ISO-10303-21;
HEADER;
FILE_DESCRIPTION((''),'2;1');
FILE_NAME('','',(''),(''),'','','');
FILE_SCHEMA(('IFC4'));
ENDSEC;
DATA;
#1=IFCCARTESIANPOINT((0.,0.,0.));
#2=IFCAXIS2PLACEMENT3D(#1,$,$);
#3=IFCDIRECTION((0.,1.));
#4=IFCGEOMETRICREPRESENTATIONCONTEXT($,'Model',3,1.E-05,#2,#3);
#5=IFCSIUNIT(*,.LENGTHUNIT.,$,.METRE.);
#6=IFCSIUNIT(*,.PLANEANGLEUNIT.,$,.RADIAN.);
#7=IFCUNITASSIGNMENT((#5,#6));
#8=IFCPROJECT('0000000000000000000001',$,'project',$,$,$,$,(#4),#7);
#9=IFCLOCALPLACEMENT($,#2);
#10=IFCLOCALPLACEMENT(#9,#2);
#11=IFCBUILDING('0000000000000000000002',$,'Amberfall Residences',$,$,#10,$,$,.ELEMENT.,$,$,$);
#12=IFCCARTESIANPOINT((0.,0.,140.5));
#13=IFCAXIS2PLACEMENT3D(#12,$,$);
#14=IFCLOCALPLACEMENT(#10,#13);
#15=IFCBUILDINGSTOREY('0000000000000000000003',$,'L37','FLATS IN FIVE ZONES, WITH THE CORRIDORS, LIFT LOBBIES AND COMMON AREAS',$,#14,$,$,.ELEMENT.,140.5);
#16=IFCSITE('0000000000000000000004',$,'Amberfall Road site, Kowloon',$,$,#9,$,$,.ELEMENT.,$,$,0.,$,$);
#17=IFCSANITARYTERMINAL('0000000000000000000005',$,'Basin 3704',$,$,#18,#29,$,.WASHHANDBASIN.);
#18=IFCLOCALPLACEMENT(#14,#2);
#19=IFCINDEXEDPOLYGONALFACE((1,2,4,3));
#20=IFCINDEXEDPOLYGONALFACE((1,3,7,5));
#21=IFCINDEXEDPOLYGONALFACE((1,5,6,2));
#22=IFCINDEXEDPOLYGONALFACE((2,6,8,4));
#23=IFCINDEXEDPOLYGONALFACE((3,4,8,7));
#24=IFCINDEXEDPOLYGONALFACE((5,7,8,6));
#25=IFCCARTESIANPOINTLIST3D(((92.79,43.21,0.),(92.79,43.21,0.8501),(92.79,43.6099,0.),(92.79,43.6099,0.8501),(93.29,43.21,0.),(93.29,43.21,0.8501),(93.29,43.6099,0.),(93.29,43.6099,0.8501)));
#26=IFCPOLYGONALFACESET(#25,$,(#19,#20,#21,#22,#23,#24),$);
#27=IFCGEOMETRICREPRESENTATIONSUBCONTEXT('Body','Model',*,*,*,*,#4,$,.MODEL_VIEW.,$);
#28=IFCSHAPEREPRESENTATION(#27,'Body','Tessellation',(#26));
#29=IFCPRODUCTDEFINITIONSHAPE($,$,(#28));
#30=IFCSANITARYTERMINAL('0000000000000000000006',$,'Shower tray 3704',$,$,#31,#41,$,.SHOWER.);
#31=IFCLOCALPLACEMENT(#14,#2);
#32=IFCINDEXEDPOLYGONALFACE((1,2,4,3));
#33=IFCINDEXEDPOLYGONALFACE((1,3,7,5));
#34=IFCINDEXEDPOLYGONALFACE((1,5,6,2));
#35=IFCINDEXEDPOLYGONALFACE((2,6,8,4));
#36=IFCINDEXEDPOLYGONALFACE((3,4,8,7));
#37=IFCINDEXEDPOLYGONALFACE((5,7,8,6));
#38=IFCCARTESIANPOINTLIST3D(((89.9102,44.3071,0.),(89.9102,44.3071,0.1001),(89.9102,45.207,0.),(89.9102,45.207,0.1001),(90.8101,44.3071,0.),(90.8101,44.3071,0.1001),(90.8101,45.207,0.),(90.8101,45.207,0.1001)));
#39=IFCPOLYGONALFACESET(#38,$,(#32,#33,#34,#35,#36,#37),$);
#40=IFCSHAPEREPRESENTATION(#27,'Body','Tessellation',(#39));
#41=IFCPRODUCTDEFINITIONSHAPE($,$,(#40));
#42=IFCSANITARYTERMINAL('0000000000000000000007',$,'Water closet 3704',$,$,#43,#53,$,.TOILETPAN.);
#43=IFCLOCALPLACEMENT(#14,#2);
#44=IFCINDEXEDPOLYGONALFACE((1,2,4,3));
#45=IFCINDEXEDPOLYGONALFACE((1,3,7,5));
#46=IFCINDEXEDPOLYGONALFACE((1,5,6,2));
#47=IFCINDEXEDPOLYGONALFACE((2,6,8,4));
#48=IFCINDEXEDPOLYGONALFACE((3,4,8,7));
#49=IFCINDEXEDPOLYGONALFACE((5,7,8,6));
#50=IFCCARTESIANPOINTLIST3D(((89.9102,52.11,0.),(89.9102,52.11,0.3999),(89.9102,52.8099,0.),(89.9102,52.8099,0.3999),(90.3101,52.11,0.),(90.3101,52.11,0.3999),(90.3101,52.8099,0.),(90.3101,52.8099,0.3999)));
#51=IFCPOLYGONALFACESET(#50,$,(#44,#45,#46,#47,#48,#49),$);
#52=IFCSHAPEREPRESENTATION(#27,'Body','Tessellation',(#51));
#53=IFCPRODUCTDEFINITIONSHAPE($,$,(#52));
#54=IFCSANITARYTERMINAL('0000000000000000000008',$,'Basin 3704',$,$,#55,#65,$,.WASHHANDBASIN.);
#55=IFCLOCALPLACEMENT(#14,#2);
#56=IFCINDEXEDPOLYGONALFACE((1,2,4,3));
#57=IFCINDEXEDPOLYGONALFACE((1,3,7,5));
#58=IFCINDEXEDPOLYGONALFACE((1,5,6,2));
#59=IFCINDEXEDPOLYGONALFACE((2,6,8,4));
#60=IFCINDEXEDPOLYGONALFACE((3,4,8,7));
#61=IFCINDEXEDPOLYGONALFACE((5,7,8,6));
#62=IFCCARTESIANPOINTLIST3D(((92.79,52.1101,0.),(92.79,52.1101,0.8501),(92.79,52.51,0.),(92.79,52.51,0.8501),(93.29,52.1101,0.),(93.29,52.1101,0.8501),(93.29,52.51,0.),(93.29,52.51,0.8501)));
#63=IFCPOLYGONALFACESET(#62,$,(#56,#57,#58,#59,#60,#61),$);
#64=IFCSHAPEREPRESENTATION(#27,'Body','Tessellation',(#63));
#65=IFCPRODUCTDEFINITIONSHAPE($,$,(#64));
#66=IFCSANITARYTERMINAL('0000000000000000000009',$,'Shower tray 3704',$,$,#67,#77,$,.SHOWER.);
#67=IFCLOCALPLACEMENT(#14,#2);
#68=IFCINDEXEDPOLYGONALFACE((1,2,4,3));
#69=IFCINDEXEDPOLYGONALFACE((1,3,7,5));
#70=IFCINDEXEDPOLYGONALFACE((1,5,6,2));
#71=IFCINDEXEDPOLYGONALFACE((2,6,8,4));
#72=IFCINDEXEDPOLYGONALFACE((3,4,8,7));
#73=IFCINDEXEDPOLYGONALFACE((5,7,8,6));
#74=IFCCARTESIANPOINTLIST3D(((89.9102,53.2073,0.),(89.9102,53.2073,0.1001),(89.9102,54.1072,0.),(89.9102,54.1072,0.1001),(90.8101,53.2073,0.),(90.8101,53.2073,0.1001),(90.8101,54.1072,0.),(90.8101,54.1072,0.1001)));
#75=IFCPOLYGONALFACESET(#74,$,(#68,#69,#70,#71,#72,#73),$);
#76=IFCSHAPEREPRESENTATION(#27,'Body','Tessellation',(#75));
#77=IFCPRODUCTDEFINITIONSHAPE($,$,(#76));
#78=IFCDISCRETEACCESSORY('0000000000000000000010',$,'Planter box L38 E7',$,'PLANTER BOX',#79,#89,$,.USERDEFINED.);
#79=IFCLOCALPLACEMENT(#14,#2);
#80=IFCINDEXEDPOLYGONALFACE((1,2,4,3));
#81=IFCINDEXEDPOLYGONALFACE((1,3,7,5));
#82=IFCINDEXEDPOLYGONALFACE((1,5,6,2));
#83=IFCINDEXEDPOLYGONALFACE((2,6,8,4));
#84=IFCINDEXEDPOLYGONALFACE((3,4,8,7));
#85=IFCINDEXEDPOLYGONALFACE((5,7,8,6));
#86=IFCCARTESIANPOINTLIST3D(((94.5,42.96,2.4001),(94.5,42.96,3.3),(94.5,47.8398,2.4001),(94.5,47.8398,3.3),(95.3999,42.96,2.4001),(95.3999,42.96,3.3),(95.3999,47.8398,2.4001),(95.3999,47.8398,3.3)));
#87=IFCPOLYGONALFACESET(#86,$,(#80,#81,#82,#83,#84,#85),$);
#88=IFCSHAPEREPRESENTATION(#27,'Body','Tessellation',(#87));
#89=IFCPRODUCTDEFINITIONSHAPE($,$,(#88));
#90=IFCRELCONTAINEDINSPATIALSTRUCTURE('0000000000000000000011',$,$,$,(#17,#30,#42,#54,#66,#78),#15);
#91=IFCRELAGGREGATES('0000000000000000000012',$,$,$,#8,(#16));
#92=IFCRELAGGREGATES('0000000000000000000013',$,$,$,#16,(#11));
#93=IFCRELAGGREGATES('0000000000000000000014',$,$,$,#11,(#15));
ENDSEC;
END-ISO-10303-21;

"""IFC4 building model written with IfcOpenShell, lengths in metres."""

from ifc_helpers import new_model, si_unit, direction, frame, origin, origin_2d, place, context, subcontext, project, spatial, rectangle, extrude, element, save


model = new_model("IFC4")

# Units and contexts
model_context = context("Model", 3, precision=1e-05, world=origin(), true_north=direction((0.0, 1.0)))
body_context = subcontext(model_context, "Body", "Model", "MODEL_VIEW")
ifc_project = project(units=[si_unit("LENGTHUNIT", "METRE"), si_unit("PLANEANGLEUNIT", "RADIAN")], contexts=[model_context])

# Site, building, storey
site_placement = place(None, origin())
site = spatial("IfcSite", under=ifc_project, at=site_placement, Name="Amberfall Road site, Kowloon", CompositionType="ELEMENT", RefElevation=0.0)
building_placement = place(site_placement, origin())
building = spatial("IfcBuilding", under=site, at=building_placement, Name="Amberfall Residences", CompositionType="ELEMENT")
storey_placement = place(building_placement, frame((0.0, 0.0, 140.5)))
storey = spatial("IfcBuildingStorey", under=building, at=storey_placement, Name="L37", Description="FLATS IN FIVE ZONES, WITH THE CORRIDORS, LIFT LOBBIES AND COMMON AREAS", CompositionType="ELEMENT", Elevation=140.5)

# Sanitary terminals
sanitary_terminal_1_placement = place(storey_placement, frame((93.04, 43.4099, 0.0), z_axis=(0.0, 0.0, 1.0), x_axis=(1.0, 0.0, 0.0)))
element("IfcSanitaryTerminal", 1, at=sanitary_terminal_1_placement, inside=storey, Name="Basin 3704", PredefinedType="WASHHANDBASIN", context=body_context, shape_type="SweptSolid", body=[
    extrude(rectangle(XDim=0.5, YDim=0.3999, at=origin_2d()), origin(), (0.0, 0.0, 1.0), 0.8501),
])
sanitary_terminal_2_placement = place(storey_placement, frame((90.3601, 44.7571, 0.0), z_axis=(0.0, 0.0, 1.0), x_axis=(1.0, 0.0, 0.0)))
element("IfcSanitaryTerminal", 2, at=sanitary_terminal_2_placement, inside=storey, Name="Shower tray 3704", PredefinedType="SHOWER", context=body_context, shape_type="SweptSolid", body=[
    extrude(rectangle(XDim=0.8999, YDim=0.8999, at=origin_2d()), origin(), (0.0, 0.0, 1.0), 0.1001),
])
sanitary_terminal_3_placement = place(storey_placement, frame((90.1101, 52.46, 0.0), z_axis=(0.0, 0.0, 1.0), x_axis=(1.0, 0.0, 0.0)))
element("IfcSanitaryTerminal", 3, at=sanitary_terminal_3_placement, inside=storey, Name="Water closet 3704", PredefinedType="TOILETPAN", context=body_context, shape_type="SweptSolid", body=[
    extrude(rectangle(XDim=0.3999, YDim=0.7, at=origin_2d()), origin(), (0.0, 0.0, 1.0), 0.3999),
])
sanitary_terminal_4_placement = place(storey_placement, frame((93.04, 52.3101, 0.0), z_axis=(0.0, 0.0, 1.0), x_axis=(1.0, 0.0, 0.0)))
element("IfcSanitaryTerminal", 4, at=sanitary_terminal_4_placement, inside=storey, Name="Basin 3704", PredefinedType="WASHHANDBASIN", context=body_context, shape_type="SweptSolid", body=[
    extrude(rectangle(XDim=0.5, YDim=0.3999, at=origin_2d()), origin(), (0.0, 0.0, 1.0), 0.8501),
])
sanitary_terminal_5_placement = place(storey_placement, frame((90.3601, 53.6572, 0.0), z_axis=(0.0, 0.0, 1.0), x_axis=(1.0, 0.0, 0.0)))
element("IfcSanitaryTerminal", 5, at=sanitary_terminal_5_placement, inside=storey, Name="Shower tray 3704", PredefinedType="SHOWER", context=body_context, shape_type="SweptSolid", body=[
    extrude(rectangle(XDim=0.8999, YDim=0.8999, at=origin_2d()), origin(), (0.0, 0.0, 1.0), 0.1001),
])

# Discrete accessory
discrete_accessory_placement = place(storey_placement, frame((94.95, 45.3999, 2.4001), z_axis=(0.0, 0.0, 1.0), x_axis=(0.0, 1.0, 0.0)))
element("IfcDiscreteAccessory", 6, at=discrete_accessory_placement, inside=storey, Name="Planter box L38 E7", ObjectType="PLANTER BOX", PredefinedType="USERDEFINED", context=body_context, shape_type="SweptSolid", body=[
    extrude(rectangle(XDim=4.8799, YDim=0.8999, at=origin_2d()), origin(), (0.0, 0.0, 1.0), 0.8999),
])

save(model, "model.ifc")
